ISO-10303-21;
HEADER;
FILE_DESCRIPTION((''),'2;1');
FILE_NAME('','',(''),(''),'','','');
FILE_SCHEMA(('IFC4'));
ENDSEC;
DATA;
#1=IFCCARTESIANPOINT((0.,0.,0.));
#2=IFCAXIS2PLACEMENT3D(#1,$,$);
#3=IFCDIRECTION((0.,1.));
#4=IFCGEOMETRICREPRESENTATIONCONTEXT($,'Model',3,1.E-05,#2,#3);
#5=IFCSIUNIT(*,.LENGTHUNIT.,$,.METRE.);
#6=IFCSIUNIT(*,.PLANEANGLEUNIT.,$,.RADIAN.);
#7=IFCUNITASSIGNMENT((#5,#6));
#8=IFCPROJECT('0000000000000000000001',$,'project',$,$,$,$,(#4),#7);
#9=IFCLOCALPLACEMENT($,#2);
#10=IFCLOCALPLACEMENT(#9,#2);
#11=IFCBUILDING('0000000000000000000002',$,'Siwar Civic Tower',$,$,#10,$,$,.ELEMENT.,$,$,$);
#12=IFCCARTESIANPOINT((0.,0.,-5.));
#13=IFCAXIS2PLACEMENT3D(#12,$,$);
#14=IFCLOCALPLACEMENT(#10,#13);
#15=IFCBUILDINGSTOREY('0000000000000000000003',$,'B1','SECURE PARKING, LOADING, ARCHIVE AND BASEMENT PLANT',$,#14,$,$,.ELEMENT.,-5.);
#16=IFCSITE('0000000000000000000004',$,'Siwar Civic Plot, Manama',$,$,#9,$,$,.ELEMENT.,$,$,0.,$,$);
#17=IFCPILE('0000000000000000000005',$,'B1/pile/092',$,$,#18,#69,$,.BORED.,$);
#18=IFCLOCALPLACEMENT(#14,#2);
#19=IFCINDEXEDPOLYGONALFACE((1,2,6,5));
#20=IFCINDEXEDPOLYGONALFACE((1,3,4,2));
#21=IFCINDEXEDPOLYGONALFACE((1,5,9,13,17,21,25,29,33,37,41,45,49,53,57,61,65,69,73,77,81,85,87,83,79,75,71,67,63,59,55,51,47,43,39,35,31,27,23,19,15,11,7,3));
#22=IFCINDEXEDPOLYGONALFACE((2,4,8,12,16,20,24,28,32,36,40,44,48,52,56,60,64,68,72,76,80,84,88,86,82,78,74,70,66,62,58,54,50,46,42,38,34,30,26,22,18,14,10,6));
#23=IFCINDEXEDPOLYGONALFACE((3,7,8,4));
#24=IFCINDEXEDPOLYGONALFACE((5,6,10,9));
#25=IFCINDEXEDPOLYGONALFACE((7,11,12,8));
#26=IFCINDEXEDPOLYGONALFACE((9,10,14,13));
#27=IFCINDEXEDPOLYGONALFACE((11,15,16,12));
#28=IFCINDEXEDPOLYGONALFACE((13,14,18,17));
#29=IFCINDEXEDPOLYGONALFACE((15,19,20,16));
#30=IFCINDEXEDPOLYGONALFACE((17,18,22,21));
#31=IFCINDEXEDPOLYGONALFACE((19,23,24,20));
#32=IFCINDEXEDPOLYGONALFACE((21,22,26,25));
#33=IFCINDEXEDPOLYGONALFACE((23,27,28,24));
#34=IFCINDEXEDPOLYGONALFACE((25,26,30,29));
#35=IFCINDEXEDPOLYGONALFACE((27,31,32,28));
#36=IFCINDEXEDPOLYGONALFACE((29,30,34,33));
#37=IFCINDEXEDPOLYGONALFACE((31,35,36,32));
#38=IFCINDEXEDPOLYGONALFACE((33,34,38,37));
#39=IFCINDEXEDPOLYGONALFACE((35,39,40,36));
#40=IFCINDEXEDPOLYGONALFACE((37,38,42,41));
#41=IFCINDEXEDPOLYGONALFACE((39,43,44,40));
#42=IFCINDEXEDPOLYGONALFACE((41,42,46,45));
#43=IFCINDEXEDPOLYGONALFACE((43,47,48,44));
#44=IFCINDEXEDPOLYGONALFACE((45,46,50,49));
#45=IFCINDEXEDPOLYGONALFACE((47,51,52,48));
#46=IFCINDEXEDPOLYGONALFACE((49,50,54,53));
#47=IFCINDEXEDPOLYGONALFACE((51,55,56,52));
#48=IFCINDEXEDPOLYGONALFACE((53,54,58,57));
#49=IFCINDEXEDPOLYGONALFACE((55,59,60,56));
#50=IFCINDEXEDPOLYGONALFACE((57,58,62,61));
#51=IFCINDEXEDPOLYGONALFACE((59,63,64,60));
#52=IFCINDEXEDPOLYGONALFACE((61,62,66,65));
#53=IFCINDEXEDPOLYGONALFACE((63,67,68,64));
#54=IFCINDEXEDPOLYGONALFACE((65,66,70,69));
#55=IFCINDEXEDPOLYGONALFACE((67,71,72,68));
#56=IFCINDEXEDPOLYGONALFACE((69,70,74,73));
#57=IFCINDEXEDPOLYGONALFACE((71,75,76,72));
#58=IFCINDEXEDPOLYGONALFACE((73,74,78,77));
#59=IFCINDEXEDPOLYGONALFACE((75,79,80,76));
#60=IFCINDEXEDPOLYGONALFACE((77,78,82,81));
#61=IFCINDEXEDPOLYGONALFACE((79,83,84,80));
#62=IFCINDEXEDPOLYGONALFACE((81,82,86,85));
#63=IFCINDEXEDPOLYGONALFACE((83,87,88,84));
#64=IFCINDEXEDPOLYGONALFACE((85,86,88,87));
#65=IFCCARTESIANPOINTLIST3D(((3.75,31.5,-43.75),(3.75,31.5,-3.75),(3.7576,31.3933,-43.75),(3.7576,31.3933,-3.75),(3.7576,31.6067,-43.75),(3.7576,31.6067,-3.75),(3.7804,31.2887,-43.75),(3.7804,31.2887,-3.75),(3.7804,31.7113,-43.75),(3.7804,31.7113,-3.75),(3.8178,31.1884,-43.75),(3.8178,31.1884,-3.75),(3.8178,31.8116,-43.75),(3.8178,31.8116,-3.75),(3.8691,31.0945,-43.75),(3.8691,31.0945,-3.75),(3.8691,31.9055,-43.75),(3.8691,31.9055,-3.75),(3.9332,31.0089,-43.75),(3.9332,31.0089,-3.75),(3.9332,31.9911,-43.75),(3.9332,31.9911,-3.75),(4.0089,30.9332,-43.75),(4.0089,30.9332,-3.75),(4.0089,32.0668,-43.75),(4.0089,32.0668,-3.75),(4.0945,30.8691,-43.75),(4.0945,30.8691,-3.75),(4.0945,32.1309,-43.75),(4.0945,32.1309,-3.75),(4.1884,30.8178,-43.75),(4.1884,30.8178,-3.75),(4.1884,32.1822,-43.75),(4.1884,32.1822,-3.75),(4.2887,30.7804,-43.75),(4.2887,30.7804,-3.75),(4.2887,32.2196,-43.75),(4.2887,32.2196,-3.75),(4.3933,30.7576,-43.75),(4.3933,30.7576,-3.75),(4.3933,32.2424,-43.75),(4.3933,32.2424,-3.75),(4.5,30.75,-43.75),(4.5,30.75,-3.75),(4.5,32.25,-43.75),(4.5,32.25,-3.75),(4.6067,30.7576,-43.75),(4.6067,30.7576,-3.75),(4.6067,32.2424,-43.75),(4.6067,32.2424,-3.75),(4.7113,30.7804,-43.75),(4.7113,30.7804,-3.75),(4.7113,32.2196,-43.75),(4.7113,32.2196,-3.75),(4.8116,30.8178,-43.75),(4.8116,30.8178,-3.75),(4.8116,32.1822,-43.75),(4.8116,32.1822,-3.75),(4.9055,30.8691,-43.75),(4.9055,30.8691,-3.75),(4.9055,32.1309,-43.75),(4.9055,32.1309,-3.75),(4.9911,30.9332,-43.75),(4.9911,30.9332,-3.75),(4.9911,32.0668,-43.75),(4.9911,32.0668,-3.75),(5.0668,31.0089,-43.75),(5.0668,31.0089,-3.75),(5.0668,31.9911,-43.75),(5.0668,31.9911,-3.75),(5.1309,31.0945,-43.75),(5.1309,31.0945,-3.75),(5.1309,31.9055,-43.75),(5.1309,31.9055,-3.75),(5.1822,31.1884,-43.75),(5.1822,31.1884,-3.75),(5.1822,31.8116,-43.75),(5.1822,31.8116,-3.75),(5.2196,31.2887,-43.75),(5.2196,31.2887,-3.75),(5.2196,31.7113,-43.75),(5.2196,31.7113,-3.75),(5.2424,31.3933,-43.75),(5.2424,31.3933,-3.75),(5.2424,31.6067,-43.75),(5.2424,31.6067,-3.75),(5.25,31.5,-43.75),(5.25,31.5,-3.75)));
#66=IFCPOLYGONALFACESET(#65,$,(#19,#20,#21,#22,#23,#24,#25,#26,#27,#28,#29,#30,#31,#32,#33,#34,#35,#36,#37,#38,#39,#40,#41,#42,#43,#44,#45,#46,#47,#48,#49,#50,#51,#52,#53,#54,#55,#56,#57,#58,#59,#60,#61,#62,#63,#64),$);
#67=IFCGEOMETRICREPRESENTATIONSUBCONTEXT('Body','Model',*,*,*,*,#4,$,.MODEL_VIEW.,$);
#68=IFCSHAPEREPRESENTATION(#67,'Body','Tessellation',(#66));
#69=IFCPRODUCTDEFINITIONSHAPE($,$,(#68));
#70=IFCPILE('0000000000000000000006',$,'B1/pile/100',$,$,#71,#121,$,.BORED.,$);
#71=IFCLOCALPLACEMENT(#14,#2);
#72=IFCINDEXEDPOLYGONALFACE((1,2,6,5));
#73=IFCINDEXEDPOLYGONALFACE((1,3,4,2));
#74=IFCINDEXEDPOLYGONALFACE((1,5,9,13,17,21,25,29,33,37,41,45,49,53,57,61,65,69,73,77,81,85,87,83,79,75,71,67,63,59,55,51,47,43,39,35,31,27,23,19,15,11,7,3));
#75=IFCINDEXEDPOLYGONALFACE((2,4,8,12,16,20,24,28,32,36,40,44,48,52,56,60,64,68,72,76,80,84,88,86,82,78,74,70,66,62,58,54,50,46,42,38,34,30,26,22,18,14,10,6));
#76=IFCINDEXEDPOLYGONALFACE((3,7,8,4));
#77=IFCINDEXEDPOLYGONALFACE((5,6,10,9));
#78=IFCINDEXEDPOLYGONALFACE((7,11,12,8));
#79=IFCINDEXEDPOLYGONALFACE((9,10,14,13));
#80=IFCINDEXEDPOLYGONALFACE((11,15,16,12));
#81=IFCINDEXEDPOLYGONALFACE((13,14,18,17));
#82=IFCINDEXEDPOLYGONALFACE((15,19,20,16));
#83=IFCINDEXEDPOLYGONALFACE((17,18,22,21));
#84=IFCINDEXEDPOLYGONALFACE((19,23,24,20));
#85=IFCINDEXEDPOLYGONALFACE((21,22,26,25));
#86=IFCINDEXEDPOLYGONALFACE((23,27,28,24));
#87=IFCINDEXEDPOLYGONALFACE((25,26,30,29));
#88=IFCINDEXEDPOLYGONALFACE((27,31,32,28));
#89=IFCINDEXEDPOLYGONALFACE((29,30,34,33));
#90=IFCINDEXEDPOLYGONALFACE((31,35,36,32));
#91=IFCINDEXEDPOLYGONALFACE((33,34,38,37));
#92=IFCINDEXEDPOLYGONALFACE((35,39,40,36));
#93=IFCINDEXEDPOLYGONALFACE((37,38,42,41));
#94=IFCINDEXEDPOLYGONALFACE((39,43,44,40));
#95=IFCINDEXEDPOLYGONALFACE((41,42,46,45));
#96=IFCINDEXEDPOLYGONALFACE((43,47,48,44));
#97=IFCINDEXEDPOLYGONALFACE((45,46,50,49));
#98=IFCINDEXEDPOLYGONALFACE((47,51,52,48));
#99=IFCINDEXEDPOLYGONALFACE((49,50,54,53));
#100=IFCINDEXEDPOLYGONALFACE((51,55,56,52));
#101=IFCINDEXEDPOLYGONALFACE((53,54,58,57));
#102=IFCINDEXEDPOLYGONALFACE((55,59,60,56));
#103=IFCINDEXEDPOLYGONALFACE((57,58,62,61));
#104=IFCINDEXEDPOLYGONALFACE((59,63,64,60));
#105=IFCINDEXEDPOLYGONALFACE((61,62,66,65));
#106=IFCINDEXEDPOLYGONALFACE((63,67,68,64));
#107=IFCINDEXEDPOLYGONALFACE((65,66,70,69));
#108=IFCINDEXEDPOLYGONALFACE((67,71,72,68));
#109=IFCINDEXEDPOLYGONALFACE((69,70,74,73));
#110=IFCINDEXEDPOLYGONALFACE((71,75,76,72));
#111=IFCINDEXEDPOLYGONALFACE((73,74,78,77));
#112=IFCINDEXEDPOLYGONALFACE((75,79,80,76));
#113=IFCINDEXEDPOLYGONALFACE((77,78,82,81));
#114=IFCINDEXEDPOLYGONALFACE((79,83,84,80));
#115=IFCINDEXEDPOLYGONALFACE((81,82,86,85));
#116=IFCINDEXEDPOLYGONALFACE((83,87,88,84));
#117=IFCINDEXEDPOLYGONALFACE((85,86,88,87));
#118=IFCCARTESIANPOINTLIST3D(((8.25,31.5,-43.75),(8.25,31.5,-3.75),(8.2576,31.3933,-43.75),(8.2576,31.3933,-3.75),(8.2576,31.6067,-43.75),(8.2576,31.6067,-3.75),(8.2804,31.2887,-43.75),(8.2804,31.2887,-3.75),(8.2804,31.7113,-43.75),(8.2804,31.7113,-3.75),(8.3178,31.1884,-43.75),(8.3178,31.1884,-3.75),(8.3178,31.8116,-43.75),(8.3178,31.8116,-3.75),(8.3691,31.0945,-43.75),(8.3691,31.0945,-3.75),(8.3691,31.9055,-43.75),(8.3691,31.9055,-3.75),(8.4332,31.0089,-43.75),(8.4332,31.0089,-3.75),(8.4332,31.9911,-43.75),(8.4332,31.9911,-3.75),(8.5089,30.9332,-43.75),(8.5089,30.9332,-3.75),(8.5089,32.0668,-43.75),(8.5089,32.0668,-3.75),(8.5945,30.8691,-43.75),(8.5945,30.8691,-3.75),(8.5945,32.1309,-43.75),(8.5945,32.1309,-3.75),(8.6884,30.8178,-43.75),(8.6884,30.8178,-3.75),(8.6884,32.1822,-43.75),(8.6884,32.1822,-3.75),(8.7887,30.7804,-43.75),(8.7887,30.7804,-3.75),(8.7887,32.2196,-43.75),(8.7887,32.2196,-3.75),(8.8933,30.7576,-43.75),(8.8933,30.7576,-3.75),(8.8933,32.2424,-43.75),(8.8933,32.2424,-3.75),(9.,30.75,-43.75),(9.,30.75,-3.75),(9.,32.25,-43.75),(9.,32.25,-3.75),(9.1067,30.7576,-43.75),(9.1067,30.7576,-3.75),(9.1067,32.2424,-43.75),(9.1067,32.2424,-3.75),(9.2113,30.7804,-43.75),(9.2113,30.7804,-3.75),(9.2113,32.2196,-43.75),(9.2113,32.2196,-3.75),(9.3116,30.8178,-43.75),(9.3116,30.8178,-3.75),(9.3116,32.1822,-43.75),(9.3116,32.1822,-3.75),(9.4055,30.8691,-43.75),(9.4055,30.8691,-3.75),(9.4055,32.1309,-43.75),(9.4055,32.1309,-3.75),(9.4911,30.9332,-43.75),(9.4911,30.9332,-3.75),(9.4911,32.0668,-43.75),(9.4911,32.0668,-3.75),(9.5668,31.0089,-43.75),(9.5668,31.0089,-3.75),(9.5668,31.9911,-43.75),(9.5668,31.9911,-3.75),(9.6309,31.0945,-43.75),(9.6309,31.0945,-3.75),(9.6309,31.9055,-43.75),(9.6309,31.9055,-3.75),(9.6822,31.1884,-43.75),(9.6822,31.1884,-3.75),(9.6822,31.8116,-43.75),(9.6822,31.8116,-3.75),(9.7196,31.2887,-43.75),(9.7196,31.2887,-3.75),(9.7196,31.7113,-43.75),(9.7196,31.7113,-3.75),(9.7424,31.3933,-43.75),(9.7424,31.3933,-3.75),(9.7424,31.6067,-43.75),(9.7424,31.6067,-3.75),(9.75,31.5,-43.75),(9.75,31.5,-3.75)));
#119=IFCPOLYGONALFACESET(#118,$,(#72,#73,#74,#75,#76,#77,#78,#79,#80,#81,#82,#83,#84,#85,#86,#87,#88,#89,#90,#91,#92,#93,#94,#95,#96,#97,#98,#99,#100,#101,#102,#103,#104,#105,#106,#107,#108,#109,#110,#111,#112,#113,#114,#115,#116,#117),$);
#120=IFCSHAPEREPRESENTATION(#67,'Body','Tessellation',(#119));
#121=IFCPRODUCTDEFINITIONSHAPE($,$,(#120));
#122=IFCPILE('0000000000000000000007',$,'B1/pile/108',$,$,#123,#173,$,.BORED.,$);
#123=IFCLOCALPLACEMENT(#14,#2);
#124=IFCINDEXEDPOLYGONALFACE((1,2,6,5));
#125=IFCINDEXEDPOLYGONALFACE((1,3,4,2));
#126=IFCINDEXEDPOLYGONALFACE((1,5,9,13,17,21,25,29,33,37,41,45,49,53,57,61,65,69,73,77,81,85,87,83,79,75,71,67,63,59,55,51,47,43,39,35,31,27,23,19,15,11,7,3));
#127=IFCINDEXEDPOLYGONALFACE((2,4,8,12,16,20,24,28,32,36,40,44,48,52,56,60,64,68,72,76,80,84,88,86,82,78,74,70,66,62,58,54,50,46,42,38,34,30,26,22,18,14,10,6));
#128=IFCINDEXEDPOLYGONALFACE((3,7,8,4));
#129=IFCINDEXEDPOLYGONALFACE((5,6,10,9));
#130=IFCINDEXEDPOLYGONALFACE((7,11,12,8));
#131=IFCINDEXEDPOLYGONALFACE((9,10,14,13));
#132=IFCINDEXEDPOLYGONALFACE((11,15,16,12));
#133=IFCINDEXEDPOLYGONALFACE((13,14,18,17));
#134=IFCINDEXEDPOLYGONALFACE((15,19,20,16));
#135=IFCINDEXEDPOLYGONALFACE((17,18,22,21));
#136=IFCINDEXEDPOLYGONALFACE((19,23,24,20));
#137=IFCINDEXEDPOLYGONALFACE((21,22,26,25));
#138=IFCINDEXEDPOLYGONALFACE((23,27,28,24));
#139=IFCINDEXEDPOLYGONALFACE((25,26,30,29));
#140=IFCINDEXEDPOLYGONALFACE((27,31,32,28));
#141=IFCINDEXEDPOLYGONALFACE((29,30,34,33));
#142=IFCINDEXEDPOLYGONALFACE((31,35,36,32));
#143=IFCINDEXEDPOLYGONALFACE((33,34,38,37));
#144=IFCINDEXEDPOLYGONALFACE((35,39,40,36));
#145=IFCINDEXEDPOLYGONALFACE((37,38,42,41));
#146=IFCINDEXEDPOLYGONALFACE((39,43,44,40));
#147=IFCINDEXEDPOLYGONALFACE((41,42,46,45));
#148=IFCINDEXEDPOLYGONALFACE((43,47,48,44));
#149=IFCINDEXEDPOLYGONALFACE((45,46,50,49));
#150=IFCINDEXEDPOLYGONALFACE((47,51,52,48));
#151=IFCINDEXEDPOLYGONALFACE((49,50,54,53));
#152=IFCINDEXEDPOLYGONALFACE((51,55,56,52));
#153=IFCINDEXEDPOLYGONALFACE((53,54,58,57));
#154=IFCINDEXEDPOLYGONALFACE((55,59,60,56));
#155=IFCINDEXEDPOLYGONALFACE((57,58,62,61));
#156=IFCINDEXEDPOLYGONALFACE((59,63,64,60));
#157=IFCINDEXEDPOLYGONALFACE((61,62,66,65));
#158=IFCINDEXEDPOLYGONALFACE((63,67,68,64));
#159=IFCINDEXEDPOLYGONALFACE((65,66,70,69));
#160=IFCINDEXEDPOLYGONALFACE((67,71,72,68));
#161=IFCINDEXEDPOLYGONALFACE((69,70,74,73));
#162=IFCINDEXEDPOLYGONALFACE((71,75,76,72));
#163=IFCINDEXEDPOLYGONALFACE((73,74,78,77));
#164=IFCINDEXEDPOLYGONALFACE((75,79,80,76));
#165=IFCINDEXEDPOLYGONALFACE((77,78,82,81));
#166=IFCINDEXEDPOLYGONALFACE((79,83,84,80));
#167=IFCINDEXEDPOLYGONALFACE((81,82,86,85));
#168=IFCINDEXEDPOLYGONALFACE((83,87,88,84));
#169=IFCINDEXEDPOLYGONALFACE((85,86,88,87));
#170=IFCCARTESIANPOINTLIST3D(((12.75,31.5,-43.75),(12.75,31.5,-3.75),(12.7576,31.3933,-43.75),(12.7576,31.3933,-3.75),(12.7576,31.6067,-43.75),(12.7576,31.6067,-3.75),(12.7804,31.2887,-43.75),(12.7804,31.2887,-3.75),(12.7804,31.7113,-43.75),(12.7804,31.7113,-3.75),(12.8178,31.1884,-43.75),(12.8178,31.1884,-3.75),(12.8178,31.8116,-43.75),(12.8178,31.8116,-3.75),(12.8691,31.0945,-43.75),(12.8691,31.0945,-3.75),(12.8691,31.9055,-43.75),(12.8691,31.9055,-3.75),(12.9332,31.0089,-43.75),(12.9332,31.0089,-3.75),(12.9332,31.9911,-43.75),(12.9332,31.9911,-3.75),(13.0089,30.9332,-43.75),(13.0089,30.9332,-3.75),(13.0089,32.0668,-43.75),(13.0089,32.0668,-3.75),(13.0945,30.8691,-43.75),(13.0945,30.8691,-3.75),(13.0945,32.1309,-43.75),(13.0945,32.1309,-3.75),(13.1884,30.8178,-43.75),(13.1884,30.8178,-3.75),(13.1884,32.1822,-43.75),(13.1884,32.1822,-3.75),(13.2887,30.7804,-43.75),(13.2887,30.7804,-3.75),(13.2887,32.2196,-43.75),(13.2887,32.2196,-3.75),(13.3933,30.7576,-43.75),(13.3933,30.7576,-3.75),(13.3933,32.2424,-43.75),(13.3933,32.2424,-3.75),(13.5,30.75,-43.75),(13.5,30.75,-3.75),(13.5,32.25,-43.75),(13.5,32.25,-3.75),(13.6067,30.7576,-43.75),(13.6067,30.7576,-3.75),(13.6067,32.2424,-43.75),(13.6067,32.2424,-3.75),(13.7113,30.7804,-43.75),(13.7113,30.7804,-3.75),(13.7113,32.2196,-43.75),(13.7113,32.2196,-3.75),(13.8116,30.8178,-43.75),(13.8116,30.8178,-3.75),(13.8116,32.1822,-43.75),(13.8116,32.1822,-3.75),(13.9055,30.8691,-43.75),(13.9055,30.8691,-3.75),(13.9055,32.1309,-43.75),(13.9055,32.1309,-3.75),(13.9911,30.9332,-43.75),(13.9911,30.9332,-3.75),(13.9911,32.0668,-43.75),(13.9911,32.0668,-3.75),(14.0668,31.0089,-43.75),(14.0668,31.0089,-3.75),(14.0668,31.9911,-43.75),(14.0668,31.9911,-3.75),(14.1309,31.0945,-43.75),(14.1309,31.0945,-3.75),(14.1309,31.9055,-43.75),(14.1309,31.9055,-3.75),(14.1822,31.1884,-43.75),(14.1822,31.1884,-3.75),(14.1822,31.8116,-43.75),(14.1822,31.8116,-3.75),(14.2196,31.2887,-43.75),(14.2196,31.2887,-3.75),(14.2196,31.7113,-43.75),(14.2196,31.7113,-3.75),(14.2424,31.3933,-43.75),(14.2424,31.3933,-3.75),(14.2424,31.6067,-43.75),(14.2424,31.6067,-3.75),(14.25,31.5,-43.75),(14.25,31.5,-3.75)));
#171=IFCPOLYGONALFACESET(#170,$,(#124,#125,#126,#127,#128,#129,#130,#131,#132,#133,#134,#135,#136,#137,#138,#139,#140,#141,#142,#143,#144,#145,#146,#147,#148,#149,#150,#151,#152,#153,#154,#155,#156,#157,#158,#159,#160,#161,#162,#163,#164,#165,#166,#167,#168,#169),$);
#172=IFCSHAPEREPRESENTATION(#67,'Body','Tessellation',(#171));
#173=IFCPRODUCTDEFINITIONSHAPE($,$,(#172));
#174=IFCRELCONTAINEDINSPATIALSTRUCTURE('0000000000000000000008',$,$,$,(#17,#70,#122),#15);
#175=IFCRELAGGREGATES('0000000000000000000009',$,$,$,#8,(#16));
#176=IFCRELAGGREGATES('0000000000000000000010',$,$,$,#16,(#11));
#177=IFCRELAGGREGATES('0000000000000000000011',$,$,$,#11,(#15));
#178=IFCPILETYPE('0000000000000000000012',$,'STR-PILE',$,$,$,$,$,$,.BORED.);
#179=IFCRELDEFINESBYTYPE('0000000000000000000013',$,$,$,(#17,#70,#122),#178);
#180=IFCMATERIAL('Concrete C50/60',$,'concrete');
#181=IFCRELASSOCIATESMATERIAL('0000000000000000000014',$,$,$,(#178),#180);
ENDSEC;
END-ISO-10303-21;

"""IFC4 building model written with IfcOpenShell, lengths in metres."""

from ifc_helpers import new_model, si_unit, direction, frame, origin, origin_2d, place, context, subcontext, project, spatial, circle, extrude, material, material_profile, profile_set, type_object, element, save


model = new_model("IFC4")

# Units and contexts
model_context = context("Model", 3, precision=1e-05, world=origin(), true_north=direction((0.0, 1.0)))
body_context = subcontext(model_context, "Body", "Model", "MODEL_VIEW")
ifc_project = project(units=[si_unit("LENGTHUNIT", "METRE"), si_unit("PLANEANGLEUNIT", "RADIAN")], contexts=[model_context])

# Site, building, storey
site_placement = place(None, origin())
site = spatial("IfcSite", under=ifc_project, at=site_placement, Name="Siwar Civic Plot, Manama", CompositionType="ELEMENT", RefElevation=0.0)
building_placement = place(site_placement, origin())
building = spatial("IfcBuilding", under=site, at=building_placement, Name="Siwar Civic Tower", CompositionType="ELEMENT")
storey_placement = place(building_placement, frame((0.0, 0.0, -5.0)))
storey = spatial("IfcBuildingStorey", under=building, at=storey_placement, Name="B1", Description="SECURE PARKING, LOADING, ARCHIVE AND BASEMENT PLANT", CompositionType="ELEMENT", Elevation=-5.0)

# Piles
ifc_material_1 = material(Name="Concrete C50/60", Category="concrete")
ifc_material_profile_1 = material_profile(ifc_material_1, circle(Radius=0.75, at=origin_2d()), Name="PILE1500")
ifc_profile_set_1 = profile_set([ifc_material_profile_1], Name="Concrete C50/60")
pile_type = type_object("IfcPileType", Name="STR-PILE", PredefinedType="BORED", material=ifc_profile_set_1)
for number, where, z_axis, x_axis, name in (
    (1, (4.5, 31.5, -3.75), (0.0, 0.0, -1.0), (1.0, 0.0, 0.0), "B1/pile/092"),
    (2, (9.0, 31.5, -3.75), (0.0, 0.0, -1.0), (1.0, 0.0, 0.0), "B1/pile/100"),
    (3, (13.5, 31.5, -3.75), (0.0, 0.0, -1.0), (1.0, 0.0, 0.0), "B1/pile/108"),
):
    element("IfcPile", number, at=place(storey_placement, frame(where, z_axis=z_axis, x_axis=x_axis)), inside=storey, type_object=pile_type, Name=name, PredefinedType="BORED", context=body_context, shape_type="SweptSolid", body=[
        extrude(circle(Radius=0.75, at=origin_2d()), origin(), (0.0, 0.0, 1.0), 40.0),
    ])

save(model, "model.ifc")
